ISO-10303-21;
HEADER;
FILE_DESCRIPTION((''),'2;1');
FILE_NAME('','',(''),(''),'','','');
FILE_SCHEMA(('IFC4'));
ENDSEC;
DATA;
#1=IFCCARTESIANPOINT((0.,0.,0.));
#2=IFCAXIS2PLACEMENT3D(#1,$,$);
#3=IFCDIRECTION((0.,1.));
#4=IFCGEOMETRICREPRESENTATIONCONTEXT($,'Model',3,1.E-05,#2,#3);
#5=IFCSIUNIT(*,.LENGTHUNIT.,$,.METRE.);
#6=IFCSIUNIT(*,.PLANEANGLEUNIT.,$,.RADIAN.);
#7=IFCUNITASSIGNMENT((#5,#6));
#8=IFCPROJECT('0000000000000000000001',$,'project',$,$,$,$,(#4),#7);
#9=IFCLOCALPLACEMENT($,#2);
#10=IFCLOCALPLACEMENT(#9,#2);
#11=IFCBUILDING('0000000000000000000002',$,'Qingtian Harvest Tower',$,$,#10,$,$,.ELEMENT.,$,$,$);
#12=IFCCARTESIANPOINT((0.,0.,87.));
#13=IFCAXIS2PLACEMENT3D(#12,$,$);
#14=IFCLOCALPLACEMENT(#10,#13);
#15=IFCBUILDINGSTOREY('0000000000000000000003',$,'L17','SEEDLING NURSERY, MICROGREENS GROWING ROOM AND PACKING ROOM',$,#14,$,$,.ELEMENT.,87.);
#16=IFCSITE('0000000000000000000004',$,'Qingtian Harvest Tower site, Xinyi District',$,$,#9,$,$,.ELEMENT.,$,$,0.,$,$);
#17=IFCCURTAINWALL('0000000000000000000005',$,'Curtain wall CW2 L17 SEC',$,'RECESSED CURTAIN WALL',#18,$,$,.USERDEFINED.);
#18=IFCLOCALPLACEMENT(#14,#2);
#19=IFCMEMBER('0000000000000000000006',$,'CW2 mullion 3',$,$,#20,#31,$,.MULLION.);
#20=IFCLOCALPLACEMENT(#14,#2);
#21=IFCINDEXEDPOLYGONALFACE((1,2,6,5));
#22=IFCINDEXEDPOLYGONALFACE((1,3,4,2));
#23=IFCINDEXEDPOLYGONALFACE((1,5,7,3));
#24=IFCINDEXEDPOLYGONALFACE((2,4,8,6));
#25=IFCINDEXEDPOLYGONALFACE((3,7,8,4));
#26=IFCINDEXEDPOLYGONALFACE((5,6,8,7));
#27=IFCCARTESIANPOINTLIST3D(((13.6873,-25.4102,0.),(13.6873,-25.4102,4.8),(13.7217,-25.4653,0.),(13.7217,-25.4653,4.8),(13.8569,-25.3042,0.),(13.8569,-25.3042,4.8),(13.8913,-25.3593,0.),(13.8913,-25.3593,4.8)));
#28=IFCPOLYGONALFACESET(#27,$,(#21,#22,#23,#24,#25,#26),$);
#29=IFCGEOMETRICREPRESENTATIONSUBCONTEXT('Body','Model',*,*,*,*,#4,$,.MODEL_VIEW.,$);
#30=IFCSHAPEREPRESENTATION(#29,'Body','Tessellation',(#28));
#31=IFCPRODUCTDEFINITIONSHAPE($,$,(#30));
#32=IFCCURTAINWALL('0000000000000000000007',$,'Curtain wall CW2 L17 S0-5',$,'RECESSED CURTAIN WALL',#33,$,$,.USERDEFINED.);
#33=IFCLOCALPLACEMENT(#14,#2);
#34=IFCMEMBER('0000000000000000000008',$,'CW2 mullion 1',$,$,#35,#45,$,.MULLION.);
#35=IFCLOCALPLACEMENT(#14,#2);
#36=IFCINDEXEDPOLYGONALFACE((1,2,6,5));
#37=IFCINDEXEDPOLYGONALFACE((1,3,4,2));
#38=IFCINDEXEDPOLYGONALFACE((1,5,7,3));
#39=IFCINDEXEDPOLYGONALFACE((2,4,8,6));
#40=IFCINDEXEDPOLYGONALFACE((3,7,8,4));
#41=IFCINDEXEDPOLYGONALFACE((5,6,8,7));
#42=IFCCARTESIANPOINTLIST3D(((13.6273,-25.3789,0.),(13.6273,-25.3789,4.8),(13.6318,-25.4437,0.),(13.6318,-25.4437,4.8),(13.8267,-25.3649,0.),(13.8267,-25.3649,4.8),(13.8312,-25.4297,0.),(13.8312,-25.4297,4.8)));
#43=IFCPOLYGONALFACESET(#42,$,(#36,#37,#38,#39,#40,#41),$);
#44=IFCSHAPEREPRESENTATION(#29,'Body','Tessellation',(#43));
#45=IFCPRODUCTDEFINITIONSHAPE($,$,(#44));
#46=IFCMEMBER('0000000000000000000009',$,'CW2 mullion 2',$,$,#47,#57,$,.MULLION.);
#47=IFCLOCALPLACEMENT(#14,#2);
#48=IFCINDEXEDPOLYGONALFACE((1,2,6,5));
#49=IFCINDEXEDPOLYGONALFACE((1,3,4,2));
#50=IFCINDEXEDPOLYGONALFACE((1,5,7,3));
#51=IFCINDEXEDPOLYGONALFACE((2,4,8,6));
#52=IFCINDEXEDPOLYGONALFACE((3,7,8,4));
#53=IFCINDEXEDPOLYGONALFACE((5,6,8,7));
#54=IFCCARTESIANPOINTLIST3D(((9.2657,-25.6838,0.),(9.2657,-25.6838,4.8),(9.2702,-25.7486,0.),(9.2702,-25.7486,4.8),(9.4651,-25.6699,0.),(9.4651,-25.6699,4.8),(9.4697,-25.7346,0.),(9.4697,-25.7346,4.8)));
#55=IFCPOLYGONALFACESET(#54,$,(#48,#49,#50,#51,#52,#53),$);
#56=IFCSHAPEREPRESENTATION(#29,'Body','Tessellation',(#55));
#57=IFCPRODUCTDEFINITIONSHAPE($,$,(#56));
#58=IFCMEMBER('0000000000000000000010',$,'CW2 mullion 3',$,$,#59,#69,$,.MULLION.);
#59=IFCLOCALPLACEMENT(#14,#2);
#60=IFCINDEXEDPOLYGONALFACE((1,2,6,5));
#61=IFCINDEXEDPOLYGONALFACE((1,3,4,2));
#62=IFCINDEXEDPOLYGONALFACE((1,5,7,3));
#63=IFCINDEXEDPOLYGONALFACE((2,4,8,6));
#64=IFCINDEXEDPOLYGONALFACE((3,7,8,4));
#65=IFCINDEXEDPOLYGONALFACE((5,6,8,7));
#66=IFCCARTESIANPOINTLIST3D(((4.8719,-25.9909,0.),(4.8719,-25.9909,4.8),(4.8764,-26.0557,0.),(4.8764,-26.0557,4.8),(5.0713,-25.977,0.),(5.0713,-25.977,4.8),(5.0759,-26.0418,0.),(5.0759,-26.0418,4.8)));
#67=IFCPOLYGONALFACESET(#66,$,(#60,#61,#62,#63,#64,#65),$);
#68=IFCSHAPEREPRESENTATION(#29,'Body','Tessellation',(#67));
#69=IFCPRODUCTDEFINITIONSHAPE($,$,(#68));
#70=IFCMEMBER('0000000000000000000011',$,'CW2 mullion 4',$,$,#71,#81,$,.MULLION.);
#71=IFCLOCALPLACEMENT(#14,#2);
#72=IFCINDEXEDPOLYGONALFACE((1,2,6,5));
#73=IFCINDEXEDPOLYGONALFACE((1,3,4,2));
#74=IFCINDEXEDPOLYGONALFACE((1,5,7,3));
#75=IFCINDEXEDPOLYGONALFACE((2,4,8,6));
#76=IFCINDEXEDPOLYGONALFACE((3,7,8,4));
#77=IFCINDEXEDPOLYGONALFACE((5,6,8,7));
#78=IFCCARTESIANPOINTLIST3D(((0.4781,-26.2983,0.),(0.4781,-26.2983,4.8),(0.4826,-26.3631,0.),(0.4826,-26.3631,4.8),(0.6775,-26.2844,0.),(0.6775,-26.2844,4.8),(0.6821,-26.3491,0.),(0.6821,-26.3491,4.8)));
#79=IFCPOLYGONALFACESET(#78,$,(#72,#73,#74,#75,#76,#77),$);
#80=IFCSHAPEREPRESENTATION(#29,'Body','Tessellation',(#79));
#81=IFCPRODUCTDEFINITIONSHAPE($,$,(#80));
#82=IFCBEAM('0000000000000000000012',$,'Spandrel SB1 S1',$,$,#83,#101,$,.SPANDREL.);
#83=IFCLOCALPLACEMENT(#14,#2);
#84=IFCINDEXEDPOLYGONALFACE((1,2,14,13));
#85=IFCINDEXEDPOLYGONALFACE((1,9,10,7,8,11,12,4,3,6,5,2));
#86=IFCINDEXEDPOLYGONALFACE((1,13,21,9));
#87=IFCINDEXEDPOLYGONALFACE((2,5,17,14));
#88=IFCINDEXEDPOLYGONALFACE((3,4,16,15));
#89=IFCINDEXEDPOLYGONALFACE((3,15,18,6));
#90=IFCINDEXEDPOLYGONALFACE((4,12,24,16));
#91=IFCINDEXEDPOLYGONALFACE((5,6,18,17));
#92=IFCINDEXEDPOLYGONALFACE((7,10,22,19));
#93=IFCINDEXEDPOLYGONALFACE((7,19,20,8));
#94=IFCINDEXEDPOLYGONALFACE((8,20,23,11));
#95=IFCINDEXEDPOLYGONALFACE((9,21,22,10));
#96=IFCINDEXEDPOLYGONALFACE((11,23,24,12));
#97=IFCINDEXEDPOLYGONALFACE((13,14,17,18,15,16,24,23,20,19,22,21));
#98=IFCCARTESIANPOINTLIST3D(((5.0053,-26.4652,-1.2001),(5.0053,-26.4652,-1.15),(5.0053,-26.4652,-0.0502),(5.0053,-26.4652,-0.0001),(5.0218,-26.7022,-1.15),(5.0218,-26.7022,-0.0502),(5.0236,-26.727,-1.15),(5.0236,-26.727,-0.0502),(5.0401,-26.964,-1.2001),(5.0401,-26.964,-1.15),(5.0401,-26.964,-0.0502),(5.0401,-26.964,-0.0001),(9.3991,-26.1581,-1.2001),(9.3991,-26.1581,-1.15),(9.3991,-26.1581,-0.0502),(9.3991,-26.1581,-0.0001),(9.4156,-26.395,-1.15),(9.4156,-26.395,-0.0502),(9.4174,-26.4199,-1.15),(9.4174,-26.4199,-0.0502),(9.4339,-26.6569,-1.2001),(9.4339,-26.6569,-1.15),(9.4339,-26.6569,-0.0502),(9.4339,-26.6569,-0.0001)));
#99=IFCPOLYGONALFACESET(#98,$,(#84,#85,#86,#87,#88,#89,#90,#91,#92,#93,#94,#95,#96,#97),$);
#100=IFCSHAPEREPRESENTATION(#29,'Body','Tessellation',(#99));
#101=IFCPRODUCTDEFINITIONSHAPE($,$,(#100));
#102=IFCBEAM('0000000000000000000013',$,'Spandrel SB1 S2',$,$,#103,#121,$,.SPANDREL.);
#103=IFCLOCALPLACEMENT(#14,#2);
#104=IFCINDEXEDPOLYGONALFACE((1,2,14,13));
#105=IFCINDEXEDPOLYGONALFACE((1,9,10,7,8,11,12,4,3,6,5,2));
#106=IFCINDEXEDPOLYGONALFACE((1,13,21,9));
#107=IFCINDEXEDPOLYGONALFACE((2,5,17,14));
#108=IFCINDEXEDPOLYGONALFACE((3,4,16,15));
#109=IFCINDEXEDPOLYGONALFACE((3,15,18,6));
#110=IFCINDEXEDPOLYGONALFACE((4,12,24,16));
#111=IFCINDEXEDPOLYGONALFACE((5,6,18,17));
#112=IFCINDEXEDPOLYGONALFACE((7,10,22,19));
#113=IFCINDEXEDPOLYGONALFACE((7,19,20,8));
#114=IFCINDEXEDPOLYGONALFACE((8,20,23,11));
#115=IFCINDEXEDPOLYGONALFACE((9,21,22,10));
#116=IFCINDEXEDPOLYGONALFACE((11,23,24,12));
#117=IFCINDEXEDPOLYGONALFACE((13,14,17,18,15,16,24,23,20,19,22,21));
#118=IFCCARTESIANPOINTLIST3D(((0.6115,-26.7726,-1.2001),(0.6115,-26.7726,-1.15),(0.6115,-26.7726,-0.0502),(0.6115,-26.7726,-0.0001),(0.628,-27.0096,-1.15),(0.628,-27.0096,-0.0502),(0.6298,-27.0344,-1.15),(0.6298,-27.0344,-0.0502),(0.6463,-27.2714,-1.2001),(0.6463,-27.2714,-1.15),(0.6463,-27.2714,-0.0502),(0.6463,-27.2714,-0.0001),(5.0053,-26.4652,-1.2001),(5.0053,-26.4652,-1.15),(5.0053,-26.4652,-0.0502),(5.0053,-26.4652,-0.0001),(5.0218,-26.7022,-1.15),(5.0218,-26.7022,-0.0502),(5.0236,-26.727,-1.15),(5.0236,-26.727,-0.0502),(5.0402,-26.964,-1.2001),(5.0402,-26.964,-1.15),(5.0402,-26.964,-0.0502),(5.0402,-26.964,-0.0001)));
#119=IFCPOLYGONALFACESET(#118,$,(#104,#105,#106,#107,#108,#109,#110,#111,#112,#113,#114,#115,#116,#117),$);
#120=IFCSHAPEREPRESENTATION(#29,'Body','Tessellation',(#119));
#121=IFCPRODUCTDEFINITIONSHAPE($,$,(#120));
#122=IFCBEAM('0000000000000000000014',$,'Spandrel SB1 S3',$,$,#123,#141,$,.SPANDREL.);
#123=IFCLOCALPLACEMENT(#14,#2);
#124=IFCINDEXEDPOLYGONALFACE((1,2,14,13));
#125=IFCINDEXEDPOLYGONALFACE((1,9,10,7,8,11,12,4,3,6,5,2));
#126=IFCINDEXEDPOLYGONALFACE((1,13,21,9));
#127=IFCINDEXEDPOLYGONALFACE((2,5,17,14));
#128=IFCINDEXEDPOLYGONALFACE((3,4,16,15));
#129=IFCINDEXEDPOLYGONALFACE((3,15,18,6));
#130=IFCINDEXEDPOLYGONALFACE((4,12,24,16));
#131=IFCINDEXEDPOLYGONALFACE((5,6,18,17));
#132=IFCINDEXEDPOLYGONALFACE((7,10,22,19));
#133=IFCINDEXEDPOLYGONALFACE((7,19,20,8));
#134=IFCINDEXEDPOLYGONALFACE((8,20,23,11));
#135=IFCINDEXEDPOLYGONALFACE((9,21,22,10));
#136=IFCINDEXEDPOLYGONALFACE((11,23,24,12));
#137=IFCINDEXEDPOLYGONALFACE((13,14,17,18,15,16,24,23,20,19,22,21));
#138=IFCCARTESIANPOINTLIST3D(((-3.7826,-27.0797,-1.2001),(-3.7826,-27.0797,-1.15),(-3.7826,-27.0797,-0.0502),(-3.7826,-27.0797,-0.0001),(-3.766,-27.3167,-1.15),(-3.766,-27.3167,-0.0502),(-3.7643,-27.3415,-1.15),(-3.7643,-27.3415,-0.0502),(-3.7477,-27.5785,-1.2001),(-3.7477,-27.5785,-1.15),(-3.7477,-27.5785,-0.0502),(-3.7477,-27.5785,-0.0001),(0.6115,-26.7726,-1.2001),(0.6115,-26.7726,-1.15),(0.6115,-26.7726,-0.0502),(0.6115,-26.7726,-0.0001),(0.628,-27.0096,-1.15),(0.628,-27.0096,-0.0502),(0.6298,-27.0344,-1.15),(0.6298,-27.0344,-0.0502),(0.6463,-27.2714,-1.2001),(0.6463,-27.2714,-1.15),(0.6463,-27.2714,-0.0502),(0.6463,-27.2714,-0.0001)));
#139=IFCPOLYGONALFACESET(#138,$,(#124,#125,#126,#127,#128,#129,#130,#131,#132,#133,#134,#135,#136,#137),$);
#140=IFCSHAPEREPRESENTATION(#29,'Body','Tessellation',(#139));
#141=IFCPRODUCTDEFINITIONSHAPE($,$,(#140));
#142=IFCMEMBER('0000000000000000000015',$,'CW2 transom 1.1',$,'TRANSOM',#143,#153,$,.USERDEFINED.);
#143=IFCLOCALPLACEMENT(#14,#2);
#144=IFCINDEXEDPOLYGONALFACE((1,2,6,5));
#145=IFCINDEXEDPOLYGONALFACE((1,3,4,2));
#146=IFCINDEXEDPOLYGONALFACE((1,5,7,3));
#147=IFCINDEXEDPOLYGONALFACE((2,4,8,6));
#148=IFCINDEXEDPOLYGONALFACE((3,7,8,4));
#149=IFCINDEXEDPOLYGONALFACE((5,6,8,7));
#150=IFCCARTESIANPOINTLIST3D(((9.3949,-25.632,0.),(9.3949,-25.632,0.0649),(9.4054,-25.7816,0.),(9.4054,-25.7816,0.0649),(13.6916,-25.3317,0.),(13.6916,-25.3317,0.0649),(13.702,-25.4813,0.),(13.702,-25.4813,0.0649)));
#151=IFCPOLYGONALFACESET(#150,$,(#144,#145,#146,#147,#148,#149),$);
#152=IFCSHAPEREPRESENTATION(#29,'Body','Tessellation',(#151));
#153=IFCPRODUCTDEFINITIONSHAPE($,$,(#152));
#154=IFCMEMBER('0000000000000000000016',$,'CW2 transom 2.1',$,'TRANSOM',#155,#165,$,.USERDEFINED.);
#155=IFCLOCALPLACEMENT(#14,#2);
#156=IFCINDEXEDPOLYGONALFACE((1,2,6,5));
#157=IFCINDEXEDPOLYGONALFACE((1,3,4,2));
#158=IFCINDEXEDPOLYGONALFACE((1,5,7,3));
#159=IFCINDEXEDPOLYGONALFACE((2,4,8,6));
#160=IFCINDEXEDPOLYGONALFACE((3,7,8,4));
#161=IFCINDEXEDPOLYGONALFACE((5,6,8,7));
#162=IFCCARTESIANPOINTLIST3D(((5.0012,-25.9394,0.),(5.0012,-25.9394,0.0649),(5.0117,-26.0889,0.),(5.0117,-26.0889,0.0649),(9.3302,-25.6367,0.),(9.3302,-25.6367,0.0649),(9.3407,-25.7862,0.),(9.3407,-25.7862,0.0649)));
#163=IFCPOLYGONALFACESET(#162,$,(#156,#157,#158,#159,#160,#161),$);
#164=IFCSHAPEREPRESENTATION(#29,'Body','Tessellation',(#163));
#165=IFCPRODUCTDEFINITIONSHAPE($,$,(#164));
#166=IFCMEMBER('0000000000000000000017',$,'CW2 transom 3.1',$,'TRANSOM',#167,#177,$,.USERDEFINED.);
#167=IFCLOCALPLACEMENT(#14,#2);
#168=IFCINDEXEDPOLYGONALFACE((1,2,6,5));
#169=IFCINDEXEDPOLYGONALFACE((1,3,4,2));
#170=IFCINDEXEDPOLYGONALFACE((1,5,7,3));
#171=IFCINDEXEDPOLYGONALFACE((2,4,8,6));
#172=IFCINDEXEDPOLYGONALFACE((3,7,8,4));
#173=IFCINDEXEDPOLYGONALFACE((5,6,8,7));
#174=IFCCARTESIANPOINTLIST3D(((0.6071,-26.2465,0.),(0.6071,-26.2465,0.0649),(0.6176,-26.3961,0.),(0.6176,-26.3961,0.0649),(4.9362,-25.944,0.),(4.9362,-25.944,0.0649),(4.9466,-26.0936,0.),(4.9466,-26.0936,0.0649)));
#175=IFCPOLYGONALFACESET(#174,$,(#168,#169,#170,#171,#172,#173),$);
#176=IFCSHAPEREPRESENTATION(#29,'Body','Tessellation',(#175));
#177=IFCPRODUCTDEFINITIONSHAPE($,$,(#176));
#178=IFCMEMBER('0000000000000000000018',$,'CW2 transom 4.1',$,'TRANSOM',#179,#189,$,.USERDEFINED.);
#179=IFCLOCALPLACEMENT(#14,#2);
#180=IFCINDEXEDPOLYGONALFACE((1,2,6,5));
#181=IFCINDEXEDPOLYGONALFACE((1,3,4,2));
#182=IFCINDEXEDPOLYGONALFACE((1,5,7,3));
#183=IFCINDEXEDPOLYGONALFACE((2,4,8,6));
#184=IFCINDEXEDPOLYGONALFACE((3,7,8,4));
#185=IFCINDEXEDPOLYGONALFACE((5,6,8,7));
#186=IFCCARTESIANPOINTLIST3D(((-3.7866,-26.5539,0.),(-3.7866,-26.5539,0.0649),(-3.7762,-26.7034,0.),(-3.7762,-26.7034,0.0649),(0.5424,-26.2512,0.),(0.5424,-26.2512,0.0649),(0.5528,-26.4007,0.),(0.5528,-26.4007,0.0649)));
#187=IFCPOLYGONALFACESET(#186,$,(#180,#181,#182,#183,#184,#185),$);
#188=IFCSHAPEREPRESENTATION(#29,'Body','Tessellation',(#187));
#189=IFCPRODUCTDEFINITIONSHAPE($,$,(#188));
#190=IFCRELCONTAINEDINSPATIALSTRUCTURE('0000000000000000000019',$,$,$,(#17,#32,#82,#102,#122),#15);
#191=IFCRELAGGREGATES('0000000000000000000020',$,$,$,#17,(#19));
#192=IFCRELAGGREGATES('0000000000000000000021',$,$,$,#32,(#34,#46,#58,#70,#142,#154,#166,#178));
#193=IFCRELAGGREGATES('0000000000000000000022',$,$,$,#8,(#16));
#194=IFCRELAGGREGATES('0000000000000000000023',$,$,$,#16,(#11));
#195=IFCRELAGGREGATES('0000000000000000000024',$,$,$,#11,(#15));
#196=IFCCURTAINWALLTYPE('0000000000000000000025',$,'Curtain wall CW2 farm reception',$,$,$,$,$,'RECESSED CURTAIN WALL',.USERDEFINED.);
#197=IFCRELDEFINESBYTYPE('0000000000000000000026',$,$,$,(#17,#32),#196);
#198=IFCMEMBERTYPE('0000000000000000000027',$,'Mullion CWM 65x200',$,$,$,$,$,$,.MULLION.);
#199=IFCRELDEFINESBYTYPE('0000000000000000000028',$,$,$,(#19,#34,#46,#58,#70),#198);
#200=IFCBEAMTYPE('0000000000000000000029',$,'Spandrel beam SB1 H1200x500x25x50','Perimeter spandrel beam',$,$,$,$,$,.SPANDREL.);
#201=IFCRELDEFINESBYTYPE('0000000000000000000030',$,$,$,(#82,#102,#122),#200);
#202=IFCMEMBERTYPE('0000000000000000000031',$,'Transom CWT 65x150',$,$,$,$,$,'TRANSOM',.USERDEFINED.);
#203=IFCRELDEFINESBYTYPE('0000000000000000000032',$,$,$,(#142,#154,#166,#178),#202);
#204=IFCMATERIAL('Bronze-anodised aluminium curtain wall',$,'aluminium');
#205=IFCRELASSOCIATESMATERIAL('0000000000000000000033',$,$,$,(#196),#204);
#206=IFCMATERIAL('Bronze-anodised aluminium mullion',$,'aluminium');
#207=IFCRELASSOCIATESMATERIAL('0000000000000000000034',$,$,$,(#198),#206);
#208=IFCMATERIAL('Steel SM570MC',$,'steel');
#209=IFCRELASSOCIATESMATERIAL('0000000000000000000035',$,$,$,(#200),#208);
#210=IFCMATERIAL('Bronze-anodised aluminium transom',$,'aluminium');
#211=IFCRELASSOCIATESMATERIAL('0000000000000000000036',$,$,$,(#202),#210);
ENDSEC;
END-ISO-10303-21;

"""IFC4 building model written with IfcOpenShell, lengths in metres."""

from ifc_helpers import new_model, si_unit, direction, frame, origin, origin_2d, place, context, subcontext, project, spatial, rectangle, i_section, extrude, material, material_profile, profile_set, type_object, element, aggregate, save


model = new_model("IFC4")

# Units and contexts
model_context = context("Model", 3, precision=1e-05, world=origin(), true_north=direction((0.0, 1.0)))
body_context = subcontext(model_context, "Body", "Model", "MODEL_VIEW")
ifc_project = project(units=[si_unit("LENGTHUNIT", "METRE"), si_unit("PLANEANGLEUNIT", "RADIAN")], contexts=[model_context])

# Site, building, storey
site_placement = place(None, origin())
site = spatial("IfcSite", under=ifc_project, at=site_placement, Name="Qingtian Harvest Tower site, Xinyi District", CompositionType="ELEMENT", RefElevation=0.0)
building_placement = place(site_placement, origin())
building = spatial("IfcBuilding", under=site, at=building_placement, Name="Qingtian Harvest Tower", CompositionType="ELEMENT")
storey_placement = place(building_placement, frame((0.0, 0.0, 87.0)))
storey = spatial("IfcBuildingStorey", under=building, at=storey_placement, Name="L17", Description="SEEDLING NURSERY, MICROGREENS GROWING ROOM AND PACKING ROOM", CompositionType="ELEMENT", Elevation=87.0)

# Curtain wall, member
ifc_material_1 = material(Name="Bronze-anodised aluminium curtain wall", Category="aluminium")
curtain_wall_type = type_object("IfcCurtainWallType", Name="Curtain wall CW2 farm reception", ElementType="RECESSED CURTAIN WALL", PredefinedType="USERDEFINED", material=ifc_material_1)
curtain_wall_1_placement = place(storey_placement, origin())
curtain_wall_1 = element("IfcCurtainWall", 1, at=curtain_wall_1_placement, inside=storey, type_object=curtain_wall_type, Name="Curtain wall CW2 L17 SEC", ObjectType="RECESSED CURTAIN WALL", PredefinedType="USERDEFINED")
ifc_material_2 = material(Name="Bronze-anodised aluminium mullion", Category="aluminium")
ifc_material_profile_1 = material_profile(ifc_material_2, rectangle(XDim=0.0649, YDim=0.2, at=origin_2d()), Name="AL 65x200")
ifc_profile_set_1 = profile_set([ifc_material_profile_1], Name="Bronze-anodised aluminium mullion")
member_type_1 = type_object("IfcMemberType", Name="Mullion CWM 65x200", PredefinedType="MULLION", material=ifc_profile_set_1)
member_1_placement = place(storey_placement, frame((13.7893, -25.3848, 0.0), z_axis=(0.0, 0.0, 1.0), x_axis=(0.529919, -0.848048, 0.0)))
member_1 = element("IfcMember", 2, at=member_1_placement, type_object=member_type_1, Name="CW2 mullion 3", PredefinedType="MULLION", context=body_context, shape_type="SweptSolid", body=[
    extrude(rectangle(XDim=0.0649, YDim=0.2, at=origin_2d()), origin(), (0.0, 0.0, 1.0), 4.8),
])
aggregate(curtain_wall_1, [member_1])

# Curtain wall, members
curtain_wall_2_placement = place(storey_placement, origin())
curtain_wall_2 = element("IfcCurtainWall", 3, at=curtain_wall_2_placement, inside=storey, type_object=curtain_wall_type, Name="Curtain wall CW2 L17 S0-5", ObjectType="RECESSED CURTAIN WALL", PredefinedType="USERDEFINED")
member_2_placement = place(storey_placement, frame((13.7292, -25.4043, 0.0), z_axis=(0.0, 0.0, 1.0), x_axis=(0.069756, -0.997564, 0.0)))
member_2 = element("IfcMember", 4, at=member_2_placement, type_object=member_type_1, Name="CW2 mullion 1", PredefinedType="MULLION", context=body_context, shape_type="SweptSolid", body=[
    extrude(rectangle(XDim=0.0649, YDim=0.2, at=origin_2d()), origin(), (0.0, 0.0, 1.0), 4.8),
])
member_3_placement = place(storey_placement, frame((9.3677, -25.7092, 0.0), z_axis=(0.0, 0.0, 1.0), x_axis=(0.069756, -0.997564, 0.0)))
member_3 = element("IfcMember", 5, at=member_3_placement, type_object=member_type_1, Name="CW2 mullion 2", PredefinedType="MULLION", context=body_context, shape_type="SweptSolid", body=[
    extrude(rectangle(XDim=0.0649, YDim=0.2, at=origin_2d()), origin(), (0.0, 0.0, 1.0), 4.8),
])
member_4_placement = place(storey_placement, frame((4.9739, -26.0164, 0.0), z_axis=(0.0, 0.0, 1.0), x_axis=(0.069756, -0.997564, 0.0)))
member_4 = element("IfcMember", 6, at=member_4_placement, type_object=member_type_1, Name="CW2 mullion 3", PredefinedType="MULLION", context=body_context, shape_type="SweptSolid", body=[
    extrude(rectangle(XDim=0.0649, YDim=0.2, at=origin_2d()), origin(), (0.0, 0.0, 1.0), 4.8),
])
member_5_placement = place(storey_placement, frame((0.5801, -26.3237, 0.0), z_axis=(0.0, 0.0, 1.0), x_axis=(0.069756, -0.997564, 0.0)))
member_5 = element("IfcMember", 7, at=member_5_placement, type_object=member_type_1, Name="CW2 mullion 4", PredefinedType="MULLION", context=body_context, shape_type="SweptSolid", body=[
    extrude(rectangle(XDim=0.0649, YDim=0.2, at=origin_2d()), origin(), (0.0, 0.0, 1.0), 4.8),
])

# Beams
ifc_material_3 = material(Name="Steel SM570MC", Category="steel")
ifc_material_profile_2 = material_profile(ifc_material_3, i_section(OverallWidth=0.5, OverallDepth=1.2, WebThickness=0.0249, FlangeThickness=0.05, at=origin_2d()), Name="H1200x500x25x50")
ifc_profile_set_2 = profile_set([ifc_material_profile_2], Name="Steel SM570MC")
beam_type_1 = type_object("IfcBeamType", Name="Spandrel beam SB1 H1200x500x25x50", Description="Perimeter spandrel beam", PredefinedType="SPANDREL", material=ifc_profile_set_2)
for number, where, z_axis, x_axis, name in (
    (8, (9.4165, -26.4075, -0.6001), (-0.997566, -0.06973, 0.0), (0.06973, -0.997566, 0.0), "Spandrel SB1 S1"),
    (9, (5.0227, -26.7146, -0.6001), (-0.997562, -0.069786, 0.0), (0.069786, -0.997562, 0.0), "Spandrel SB1 S2"),
):
    element("IfcBeam", number, at=place(storey_placement, frame(where, z_axis=z_axis, x_axis=x_axis)), inside=storey, type_object=beam_type_1, Name=name, PredefinedType="SPANDREL", context=body_context, shape_type="SweptSolid", body=[
        extrude(i_section(OverallWidth=0.5, OverallDepth=1.2, WebThickness=0.0249, FlangeThickness=0.05, at=origin_2d()), origin(), (0.0, 0.0, 1.0), 4.4045),
    ])
beam_1_placement = place(storey_placement, frame((0.6289, -27.022, -0.6001), z_axis=(-0.997566, -0.069727, 0.0), x_axis=(0.069727, -0.997566, 0.0)))
element("IfcBeam", 10, at=beam_1_placement, inside=storey, type_object=beam_type_1, Name="Spandrel SB1 S3", PredefinedType="SPANDREL", context=body_context, shape_type="SweptSolid", body=[
    extrude(i_section(OverallWidth=0.5, OverallDepth=1.2, WebThickness=0.0249, FlangeThickness=0.05, at=origin_2d()), origin(), (0.0, 0.0, 1.0), 4.4048),
])

# Members
ifc_material_4 = material(Name="Bronze-anodised aluminium transom", Category="aluminium")
ifc_material_profile_3 = material_profile(ifc_material_4, rectangle(XDim=0.1499, YDim=0.0649, at=origin_2d()), Name="AL 65x150")
ifc_profile_set_3 = profile_set([ifc_material_profile_3], Name="Bronze-anodised aluminium transom")
member_type_2 = type_object("IfcMemberType", Name="Transom CWT 65x150", ElementType="TRANSOM", PredefinedType="USERDEFINED", material=ifc_profile_set_3)
member_6_placement = place(storey_placement, frame((13.6968, -25.4065, 0.0325), z_axis=(-0.997567, -0.06972, 0.0), x_axis=(0.06972, -0.997567, 0.0)))
member_6 = element("IfcMember", 11, at=member_6_placement, type_object=member_type_2, Name="CW2 transom 1.1", ObjectType="TRANSOM", PredefinedType="USERDEFINED", context=body_context, shape_type="SweptSolid", body=[
    extrude(rectangle(XDim=0.1499, YDim=0.0649, at=origin_2d()), origin(), (0.0, 0.0, 1.0), 4.3071),
])
member_7_placement = place(storey_placement, frame((9.3354, -25.7114, 0.0325), z_axis=(-0.997564, -0.06976, 0.0), x_axis=(0.06976, -0.997564, 0.0)))
member_7 = element("IfcMember", 12, at=member_7_placement, type_object=member_type_2, Name="CW2 transom 2.1", ObjectType="TRANSOM", PredefinedType="USERDEFINED", context=body_context, shape_type="SweptSolid", body=[
    extrude(rectangle(XDim=0.1499, YDim=0.0649, at=origin_2d()), origin(), (0.0, 0.0, 1.0), 4.3396),
])
member_8_placement = place(storey_placement, frame((4.9414, -26.0188, 0.0325), z_axis=(-0.997568, -0.069704, 0.0), x_axis=(0.069704, -0.997568, 0.0)))
member_8 = element("IfcMember", 13, at=member_8_placement, type_object=member_type_2, Name="CW2 transom 3.1", ObjectType="TRANSOM", PredefinedType="USERDEFINED", context=body_context, shape_type="SweptSolid", body=[
    extrude(rectangle(XDim=0.1499, YDim=0.0649, at=origin_2d()), origin(), (0.0, 0.0, 1.0), 4.3396),
])
member_9_placement = place(storey_placement, frame((0.5476, -26.3259, 0.0325), z_axis=(-0.997564, -0.06976, 0.0), x_axis=(0.06976, -0.997564, 0.0)))
member_9 = element("IfcMember", 14, at=member_9_placement, type_object=member_type_2, Name="CW2 transom 4.1", ObjectType="TRANSOM", PredefinedType="USERDEFINED", context=body_context, shape_type="SweptSolid", body=[
    extrude(rectangle(XDim=0.1499, YDim=0.0649, at=origin_2d()), origin(), (0.0, 0.0, 1.0), 4.3396),
])

aggregate(curtain_wall_2, [member_2, member_3, member_4, member_5, member_6, member_7, member_8, member_9])

save(model, "model.ifc")
